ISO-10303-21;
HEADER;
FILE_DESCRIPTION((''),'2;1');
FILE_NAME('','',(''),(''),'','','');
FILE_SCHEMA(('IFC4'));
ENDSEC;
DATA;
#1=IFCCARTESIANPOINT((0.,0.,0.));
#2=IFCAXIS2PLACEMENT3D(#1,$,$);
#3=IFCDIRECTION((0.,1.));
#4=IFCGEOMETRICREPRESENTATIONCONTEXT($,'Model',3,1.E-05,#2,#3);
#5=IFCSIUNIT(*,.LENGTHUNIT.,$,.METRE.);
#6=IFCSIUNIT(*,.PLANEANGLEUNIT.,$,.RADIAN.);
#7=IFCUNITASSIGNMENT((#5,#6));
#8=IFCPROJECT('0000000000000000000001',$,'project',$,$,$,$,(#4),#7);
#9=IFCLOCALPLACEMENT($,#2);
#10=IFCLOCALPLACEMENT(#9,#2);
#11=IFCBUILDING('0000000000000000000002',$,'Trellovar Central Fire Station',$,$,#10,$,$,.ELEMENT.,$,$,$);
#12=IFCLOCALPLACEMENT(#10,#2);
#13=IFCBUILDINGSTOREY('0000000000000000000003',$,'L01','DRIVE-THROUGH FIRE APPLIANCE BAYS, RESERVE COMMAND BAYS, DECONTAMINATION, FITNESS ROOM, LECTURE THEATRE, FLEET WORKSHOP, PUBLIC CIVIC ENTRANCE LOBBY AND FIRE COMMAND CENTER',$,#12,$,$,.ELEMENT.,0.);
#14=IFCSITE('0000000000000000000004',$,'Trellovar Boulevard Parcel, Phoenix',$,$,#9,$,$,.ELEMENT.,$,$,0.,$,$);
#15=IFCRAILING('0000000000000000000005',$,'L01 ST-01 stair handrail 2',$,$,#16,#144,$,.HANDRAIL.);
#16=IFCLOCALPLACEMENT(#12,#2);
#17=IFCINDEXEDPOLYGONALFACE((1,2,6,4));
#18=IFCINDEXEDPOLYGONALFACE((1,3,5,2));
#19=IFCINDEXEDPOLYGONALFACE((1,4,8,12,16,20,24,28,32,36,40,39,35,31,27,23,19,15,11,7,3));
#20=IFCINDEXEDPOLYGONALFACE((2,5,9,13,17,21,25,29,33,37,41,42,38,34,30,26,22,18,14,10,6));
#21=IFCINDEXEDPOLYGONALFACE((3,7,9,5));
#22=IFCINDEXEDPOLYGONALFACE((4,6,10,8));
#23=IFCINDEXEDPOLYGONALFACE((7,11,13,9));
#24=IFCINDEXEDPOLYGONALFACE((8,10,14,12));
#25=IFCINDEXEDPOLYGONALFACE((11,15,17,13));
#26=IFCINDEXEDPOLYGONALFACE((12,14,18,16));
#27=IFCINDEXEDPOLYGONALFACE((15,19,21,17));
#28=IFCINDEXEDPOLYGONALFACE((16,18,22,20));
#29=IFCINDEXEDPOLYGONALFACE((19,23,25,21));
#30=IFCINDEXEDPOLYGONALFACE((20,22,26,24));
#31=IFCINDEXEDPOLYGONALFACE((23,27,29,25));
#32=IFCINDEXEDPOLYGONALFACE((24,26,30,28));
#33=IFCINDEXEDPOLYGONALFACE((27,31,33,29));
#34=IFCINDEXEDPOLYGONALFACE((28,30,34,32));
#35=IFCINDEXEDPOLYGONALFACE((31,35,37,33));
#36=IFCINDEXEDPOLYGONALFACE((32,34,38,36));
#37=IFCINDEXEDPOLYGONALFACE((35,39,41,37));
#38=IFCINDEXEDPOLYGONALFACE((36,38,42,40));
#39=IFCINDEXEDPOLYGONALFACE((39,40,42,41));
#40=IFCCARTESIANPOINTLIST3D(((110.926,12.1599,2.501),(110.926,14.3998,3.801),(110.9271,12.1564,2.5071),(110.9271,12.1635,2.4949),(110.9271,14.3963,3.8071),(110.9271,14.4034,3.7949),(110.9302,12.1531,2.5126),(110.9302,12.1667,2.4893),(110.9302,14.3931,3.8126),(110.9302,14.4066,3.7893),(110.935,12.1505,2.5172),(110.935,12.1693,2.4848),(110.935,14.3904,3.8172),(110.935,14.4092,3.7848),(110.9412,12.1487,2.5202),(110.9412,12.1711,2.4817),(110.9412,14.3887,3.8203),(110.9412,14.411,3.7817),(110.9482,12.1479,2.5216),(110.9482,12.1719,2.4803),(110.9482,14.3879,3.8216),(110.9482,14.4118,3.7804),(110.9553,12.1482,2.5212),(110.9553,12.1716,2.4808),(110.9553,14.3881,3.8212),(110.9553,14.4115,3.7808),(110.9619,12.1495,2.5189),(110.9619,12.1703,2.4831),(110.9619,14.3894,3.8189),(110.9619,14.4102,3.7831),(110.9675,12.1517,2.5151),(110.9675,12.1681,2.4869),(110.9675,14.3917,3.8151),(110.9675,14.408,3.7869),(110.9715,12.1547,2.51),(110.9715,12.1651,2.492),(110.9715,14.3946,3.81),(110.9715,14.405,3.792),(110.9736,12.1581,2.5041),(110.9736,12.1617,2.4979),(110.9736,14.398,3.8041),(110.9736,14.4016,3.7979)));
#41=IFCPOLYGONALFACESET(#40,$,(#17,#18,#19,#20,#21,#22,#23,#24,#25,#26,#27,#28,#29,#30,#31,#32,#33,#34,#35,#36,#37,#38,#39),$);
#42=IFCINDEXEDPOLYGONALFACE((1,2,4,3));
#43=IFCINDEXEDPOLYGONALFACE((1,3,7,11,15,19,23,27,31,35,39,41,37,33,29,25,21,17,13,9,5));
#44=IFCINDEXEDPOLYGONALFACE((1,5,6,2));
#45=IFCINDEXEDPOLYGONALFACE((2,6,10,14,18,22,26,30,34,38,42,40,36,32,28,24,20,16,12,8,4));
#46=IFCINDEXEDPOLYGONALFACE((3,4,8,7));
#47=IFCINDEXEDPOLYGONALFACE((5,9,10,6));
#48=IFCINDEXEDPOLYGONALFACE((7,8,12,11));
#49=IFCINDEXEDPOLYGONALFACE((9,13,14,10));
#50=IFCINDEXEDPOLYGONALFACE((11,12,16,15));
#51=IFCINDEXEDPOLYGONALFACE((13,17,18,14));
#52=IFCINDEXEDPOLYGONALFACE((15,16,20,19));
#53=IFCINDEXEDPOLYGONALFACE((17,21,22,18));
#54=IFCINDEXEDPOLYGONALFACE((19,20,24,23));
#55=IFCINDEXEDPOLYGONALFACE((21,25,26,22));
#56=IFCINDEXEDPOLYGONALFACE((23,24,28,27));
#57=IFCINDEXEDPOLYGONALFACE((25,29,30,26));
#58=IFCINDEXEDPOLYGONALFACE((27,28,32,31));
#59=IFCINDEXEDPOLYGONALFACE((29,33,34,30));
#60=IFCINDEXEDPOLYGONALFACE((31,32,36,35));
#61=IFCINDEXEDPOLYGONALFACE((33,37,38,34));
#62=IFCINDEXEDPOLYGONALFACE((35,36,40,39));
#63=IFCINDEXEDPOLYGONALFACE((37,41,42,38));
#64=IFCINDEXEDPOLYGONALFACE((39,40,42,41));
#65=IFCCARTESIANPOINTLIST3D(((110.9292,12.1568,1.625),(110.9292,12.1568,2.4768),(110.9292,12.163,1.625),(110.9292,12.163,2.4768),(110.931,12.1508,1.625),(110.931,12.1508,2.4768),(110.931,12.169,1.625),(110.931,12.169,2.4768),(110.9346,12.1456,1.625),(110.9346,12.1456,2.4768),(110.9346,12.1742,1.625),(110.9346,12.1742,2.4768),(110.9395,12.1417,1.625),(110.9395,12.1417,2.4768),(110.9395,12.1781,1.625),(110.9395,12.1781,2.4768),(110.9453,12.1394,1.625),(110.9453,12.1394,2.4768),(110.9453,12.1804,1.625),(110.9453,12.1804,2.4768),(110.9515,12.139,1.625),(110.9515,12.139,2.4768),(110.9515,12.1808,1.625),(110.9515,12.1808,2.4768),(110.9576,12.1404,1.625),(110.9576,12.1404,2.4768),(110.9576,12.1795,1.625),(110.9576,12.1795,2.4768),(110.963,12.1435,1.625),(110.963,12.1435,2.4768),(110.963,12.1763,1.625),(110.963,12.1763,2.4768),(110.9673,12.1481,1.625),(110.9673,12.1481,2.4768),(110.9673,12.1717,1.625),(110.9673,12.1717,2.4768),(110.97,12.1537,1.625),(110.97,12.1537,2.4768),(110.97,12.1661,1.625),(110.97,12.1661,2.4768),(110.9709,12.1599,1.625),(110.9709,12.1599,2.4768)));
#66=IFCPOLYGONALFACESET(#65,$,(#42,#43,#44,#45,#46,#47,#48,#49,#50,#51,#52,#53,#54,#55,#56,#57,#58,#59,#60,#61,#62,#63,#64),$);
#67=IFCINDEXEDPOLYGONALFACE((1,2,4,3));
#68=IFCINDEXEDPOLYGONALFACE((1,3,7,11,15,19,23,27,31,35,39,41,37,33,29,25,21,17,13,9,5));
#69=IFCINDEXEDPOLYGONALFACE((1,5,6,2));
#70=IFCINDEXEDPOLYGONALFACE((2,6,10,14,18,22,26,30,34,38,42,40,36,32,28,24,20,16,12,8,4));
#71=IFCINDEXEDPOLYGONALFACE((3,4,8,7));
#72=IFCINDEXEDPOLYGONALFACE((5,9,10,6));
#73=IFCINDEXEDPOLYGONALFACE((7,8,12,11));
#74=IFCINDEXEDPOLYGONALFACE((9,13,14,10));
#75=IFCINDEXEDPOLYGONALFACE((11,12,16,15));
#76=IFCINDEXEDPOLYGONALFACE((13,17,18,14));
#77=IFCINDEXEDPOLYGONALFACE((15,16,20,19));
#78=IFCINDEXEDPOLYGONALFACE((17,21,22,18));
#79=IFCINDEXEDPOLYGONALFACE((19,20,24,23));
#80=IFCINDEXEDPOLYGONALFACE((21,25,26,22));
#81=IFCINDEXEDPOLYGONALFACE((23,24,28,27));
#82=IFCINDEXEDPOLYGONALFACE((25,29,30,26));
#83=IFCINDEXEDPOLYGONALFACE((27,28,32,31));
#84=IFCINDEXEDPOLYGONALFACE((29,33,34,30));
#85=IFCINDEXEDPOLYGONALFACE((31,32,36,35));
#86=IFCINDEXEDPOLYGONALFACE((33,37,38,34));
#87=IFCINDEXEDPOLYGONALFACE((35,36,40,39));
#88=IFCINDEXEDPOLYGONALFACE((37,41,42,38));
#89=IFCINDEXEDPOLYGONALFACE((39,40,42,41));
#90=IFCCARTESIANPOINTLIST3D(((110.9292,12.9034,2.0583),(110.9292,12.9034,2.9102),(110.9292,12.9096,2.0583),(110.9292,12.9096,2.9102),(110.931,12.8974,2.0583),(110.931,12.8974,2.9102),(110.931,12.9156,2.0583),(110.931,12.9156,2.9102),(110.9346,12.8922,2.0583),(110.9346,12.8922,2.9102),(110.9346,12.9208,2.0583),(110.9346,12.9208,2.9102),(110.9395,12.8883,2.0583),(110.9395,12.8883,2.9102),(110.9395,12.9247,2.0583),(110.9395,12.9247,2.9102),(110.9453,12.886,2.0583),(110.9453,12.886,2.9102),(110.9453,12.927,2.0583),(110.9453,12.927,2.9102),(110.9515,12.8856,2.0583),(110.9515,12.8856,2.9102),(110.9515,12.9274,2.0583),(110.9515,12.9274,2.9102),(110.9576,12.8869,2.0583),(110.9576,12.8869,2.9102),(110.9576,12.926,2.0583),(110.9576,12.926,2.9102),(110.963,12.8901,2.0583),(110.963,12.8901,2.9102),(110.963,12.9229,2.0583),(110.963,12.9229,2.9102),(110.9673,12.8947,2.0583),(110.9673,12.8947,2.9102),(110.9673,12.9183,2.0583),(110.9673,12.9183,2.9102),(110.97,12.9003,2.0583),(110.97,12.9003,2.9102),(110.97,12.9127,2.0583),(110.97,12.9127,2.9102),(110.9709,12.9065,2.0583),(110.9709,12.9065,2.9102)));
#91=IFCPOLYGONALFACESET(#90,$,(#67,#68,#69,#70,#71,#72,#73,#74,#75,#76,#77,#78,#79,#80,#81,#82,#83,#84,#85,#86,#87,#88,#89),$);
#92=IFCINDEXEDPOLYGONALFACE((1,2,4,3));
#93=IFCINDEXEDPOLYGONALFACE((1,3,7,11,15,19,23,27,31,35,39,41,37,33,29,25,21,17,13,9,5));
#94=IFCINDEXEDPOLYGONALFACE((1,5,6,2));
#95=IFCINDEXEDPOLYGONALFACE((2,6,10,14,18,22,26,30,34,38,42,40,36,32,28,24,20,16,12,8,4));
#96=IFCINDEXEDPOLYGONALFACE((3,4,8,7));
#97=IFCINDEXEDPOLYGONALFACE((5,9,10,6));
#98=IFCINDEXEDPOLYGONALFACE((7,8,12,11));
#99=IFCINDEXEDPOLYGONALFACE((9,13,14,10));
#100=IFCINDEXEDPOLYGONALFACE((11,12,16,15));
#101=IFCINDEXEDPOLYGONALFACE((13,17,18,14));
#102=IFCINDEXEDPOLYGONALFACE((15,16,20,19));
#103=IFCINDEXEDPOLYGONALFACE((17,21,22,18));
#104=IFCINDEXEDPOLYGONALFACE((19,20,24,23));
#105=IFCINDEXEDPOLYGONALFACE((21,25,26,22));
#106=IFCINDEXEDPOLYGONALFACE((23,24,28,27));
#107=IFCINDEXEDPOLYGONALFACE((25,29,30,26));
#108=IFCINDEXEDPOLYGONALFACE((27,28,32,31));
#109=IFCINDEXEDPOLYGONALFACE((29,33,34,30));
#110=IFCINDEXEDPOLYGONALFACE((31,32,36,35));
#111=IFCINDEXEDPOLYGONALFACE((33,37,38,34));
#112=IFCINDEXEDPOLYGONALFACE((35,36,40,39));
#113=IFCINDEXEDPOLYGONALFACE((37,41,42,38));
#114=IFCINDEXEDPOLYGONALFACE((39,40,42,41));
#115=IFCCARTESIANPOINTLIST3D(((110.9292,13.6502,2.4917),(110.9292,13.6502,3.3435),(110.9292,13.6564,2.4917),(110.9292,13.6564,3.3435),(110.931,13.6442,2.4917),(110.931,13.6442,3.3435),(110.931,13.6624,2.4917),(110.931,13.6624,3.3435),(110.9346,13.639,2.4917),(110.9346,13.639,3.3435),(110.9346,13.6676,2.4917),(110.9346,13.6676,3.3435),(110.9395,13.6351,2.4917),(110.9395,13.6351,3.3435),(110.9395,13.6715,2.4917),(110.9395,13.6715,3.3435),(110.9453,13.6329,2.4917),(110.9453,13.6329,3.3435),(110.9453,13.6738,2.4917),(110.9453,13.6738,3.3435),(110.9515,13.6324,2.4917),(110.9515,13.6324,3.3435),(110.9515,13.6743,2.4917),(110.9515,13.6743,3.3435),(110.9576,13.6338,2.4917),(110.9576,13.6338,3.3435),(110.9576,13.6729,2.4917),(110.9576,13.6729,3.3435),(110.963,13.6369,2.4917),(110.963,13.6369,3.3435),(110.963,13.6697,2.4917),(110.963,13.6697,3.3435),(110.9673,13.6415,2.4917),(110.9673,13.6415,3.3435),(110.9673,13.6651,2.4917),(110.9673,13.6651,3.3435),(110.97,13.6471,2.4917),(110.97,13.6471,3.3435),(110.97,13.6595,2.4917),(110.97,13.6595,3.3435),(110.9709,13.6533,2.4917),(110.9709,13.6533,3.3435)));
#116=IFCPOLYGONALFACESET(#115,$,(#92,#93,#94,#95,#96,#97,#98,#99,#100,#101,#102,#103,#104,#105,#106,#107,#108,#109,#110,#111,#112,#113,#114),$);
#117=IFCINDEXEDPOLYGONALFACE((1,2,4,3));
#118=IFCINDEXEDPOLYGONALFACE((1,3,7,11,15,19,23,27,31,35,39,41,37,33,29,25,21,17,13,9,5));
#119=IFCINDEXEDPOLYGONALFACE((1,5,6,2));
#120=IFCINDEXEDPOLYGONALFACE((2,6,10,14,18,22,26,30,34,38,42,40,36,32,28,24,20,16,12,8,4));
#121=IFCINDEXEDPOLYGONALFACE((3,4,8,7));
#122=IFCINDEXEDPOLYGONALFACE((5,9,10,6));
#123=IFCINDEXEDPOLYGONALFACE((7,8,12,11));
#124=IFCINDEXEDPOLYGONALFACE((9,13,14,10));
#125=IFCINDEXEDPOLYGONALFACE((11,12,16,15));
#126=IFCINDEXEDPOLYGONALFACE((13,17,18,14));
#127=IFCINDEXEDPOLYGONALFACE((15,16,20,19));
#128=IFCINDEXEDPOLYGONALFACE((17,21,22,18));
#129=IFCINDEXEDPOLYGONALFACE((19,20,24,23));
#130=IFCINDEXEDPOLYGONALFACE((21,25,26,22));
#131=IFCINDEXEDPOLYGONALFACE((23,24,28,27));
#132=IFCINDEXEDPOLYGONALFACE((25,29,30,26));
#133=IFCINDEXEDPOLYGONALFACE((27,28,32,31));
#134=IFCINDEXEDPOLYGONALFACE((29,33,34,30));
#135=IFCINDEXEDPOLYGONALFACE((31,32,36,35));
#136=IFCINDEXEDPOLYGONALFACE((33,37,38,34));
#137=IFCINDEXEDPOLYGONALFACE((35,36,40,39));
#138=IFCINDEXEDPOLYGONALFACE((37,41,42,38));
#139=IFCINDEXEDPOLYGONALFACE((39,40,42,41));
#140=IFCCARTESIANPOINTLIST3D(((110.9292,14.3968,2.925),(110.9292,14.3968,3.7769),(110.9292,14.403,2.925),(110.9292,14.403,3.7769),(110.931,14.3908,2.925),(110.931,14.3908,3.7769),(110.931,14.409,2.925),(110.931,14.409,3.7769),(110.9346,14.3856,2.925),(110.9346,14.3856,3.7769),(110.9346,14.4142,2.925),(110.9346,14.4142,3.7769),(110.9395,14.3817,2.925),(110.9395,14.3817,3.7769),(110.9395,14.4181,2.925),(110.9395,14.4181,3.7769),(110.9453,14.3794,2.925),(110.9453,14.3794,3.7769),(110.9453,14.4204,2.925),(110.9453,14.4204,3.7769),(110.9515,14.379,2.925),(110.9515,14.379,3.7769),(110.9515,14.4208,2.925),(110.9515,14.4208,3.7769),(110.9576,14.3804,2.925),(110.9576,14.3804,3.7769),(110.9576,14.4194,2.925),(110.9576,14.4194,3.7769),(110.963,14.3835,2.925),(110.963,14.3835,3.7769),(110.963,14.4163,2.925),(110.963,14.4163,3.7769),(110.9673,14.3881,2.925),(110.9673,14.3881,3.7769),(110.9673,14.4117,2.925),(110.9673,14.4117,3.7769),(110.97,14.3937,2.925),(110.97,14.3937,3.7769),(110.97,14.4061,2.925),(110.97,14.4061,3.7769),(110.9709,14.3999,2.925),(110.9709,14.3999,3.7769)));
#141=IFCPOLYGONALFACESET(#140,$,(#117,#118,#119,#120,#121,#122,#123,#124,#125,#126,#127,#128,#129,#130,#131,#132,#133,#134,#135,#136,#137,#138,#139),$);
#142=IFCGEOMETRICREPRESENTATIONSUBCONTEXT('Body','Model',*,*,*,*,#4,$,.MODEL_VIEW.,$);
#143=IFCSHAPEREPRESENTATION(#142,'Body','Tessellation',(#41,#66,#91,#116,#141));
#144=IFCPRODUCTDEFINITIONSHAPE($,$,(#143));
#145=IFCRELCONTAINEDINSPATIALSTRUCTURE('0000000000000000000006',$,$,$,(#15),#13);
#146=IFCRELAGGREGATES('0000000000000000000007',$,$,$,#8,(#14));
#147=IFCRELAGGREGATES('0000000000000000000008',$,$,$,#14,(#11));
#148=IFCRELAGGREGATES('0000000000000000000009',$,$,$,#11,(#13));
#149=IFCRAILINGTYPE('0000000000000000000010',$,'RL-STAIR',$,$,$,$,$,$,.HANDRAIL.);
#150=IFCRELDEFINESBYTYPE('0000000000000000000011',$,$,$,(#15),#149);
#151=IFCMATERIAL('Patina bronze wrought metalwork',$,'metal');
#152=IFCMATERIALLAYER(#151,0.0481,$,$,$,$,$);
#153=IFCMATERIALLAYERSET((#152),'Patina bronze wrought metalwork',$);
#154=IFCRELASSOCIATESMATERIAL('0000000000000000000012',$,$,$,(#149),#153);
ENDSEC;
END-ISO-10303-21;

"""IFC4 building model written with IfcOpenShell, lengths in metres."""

from ifc_helpers import new_model, si_unit, direction, frame, origin, origin_2d, place, context, subcontext, project, spatial, circle, extrude, material, layer, layer_set, type_object, element, save


model = new_model("IFC4")

# Units and contexts
model_context = context("Model", 3, precision=1e-05, world=origin(), true_north=direction((0.0, 1.0)))
body_context = subcontext(model_context, "Body", "Model", "MODEL_VIEW")
ifc_project = project(units=[si_unit("LENGTHUNIT", "METRE"), si_unit("PLANEANGLEUNIT", "RADIAN")], contexts=[model_context])

# Site, building, storey
site_placement = place(None, origin())
site = spatial("IfcSite", under=ifc_project, at=site_placement, Name="Trellovar Boulevard Parcel, Phoenix", CompositionType="ELEMENT", RefElevation=0.0)
building_placement = place(site_placement, origin())
building = spatial("IfcBuilding", under=site, at=building_placement, Name="Trellovar Central Fire Station", CompositionType="ELEMENT")
storey_placement = place(building_placement, origin())
storey = spatial("IfcBuildingStorey", under=building, at=storey_placement, Name="L01", Description="DRIVE-THROUGH FIRE APPLIANCE BAYS, RESERVE COMMAND BAYS, DECONTAMINATION, FITNESS ROOM, LECTURE THEATRE, FLEET WORKSHOP, PUBLIC CIVIC ENTRANCE LOBBY AND FIRE COMMAND CENTER", CompositionType="ELEMENT", Elevation=0.0)

# Railing
ifc_material_1 = material(Name="Patina bronze wrought metalwork", Category="metal")
ifc_layer_1 = layer(ifc_material_1, 0.0481)
ifc_layer_set_1 = layer_set([ifc_layer_1], Name="Patina bronze wrought metalwork")
railing_type_1 = type_object("IfcRailingType", Name="RL-STAIR", PredefinedType="HANDRAIL", material=ifc_layer_set_1)
railing_1_placement = place(storey_placement, frame((110.95, 12.1599, 1.625)))
element("IfcRailing", 1, at=railing_1_placement, inside=storey, type_object=railing_type_1, Name="L01 ST-01 stair handrail 2", PredefinedType="HANDRAIL", context=body_context, shape_type="SweptSolid", body=[
    extrude(circle(Radius=0.0239, at=origin_2d()), frame((0.0, 0.0, 0.876), z_axis=(0.0, 0.864888, 0.501965), x_axis=(-1.0, 0.0, 0.0)), (0.0, 0.0, 1.0), 2.5898),
    extrude(circle(Radius=0.021, at=origin_2d()), origin(), (0.0, 0.0, 1.0), 0.8518),
    extrude(circle(Radius=0.021, at=origin_2d()), frame((0.0, 0.7466, 0.4333)), (0.0, 0.0, 1.0), 0.8518),
    extrude(circle(Radius=0.021, at=origin_2d()), frame((0.0, 1.4934, 0.8667)), (0.0, 0.0, 1.0), 0.8518),
    extrude(circle(Radius=0.021, at=origin_2d()), frame((0.0, 2.24, 1.3)), (0.0, 0.0, 1.0), 0.8518),
])

save(model, "model.ifc")
